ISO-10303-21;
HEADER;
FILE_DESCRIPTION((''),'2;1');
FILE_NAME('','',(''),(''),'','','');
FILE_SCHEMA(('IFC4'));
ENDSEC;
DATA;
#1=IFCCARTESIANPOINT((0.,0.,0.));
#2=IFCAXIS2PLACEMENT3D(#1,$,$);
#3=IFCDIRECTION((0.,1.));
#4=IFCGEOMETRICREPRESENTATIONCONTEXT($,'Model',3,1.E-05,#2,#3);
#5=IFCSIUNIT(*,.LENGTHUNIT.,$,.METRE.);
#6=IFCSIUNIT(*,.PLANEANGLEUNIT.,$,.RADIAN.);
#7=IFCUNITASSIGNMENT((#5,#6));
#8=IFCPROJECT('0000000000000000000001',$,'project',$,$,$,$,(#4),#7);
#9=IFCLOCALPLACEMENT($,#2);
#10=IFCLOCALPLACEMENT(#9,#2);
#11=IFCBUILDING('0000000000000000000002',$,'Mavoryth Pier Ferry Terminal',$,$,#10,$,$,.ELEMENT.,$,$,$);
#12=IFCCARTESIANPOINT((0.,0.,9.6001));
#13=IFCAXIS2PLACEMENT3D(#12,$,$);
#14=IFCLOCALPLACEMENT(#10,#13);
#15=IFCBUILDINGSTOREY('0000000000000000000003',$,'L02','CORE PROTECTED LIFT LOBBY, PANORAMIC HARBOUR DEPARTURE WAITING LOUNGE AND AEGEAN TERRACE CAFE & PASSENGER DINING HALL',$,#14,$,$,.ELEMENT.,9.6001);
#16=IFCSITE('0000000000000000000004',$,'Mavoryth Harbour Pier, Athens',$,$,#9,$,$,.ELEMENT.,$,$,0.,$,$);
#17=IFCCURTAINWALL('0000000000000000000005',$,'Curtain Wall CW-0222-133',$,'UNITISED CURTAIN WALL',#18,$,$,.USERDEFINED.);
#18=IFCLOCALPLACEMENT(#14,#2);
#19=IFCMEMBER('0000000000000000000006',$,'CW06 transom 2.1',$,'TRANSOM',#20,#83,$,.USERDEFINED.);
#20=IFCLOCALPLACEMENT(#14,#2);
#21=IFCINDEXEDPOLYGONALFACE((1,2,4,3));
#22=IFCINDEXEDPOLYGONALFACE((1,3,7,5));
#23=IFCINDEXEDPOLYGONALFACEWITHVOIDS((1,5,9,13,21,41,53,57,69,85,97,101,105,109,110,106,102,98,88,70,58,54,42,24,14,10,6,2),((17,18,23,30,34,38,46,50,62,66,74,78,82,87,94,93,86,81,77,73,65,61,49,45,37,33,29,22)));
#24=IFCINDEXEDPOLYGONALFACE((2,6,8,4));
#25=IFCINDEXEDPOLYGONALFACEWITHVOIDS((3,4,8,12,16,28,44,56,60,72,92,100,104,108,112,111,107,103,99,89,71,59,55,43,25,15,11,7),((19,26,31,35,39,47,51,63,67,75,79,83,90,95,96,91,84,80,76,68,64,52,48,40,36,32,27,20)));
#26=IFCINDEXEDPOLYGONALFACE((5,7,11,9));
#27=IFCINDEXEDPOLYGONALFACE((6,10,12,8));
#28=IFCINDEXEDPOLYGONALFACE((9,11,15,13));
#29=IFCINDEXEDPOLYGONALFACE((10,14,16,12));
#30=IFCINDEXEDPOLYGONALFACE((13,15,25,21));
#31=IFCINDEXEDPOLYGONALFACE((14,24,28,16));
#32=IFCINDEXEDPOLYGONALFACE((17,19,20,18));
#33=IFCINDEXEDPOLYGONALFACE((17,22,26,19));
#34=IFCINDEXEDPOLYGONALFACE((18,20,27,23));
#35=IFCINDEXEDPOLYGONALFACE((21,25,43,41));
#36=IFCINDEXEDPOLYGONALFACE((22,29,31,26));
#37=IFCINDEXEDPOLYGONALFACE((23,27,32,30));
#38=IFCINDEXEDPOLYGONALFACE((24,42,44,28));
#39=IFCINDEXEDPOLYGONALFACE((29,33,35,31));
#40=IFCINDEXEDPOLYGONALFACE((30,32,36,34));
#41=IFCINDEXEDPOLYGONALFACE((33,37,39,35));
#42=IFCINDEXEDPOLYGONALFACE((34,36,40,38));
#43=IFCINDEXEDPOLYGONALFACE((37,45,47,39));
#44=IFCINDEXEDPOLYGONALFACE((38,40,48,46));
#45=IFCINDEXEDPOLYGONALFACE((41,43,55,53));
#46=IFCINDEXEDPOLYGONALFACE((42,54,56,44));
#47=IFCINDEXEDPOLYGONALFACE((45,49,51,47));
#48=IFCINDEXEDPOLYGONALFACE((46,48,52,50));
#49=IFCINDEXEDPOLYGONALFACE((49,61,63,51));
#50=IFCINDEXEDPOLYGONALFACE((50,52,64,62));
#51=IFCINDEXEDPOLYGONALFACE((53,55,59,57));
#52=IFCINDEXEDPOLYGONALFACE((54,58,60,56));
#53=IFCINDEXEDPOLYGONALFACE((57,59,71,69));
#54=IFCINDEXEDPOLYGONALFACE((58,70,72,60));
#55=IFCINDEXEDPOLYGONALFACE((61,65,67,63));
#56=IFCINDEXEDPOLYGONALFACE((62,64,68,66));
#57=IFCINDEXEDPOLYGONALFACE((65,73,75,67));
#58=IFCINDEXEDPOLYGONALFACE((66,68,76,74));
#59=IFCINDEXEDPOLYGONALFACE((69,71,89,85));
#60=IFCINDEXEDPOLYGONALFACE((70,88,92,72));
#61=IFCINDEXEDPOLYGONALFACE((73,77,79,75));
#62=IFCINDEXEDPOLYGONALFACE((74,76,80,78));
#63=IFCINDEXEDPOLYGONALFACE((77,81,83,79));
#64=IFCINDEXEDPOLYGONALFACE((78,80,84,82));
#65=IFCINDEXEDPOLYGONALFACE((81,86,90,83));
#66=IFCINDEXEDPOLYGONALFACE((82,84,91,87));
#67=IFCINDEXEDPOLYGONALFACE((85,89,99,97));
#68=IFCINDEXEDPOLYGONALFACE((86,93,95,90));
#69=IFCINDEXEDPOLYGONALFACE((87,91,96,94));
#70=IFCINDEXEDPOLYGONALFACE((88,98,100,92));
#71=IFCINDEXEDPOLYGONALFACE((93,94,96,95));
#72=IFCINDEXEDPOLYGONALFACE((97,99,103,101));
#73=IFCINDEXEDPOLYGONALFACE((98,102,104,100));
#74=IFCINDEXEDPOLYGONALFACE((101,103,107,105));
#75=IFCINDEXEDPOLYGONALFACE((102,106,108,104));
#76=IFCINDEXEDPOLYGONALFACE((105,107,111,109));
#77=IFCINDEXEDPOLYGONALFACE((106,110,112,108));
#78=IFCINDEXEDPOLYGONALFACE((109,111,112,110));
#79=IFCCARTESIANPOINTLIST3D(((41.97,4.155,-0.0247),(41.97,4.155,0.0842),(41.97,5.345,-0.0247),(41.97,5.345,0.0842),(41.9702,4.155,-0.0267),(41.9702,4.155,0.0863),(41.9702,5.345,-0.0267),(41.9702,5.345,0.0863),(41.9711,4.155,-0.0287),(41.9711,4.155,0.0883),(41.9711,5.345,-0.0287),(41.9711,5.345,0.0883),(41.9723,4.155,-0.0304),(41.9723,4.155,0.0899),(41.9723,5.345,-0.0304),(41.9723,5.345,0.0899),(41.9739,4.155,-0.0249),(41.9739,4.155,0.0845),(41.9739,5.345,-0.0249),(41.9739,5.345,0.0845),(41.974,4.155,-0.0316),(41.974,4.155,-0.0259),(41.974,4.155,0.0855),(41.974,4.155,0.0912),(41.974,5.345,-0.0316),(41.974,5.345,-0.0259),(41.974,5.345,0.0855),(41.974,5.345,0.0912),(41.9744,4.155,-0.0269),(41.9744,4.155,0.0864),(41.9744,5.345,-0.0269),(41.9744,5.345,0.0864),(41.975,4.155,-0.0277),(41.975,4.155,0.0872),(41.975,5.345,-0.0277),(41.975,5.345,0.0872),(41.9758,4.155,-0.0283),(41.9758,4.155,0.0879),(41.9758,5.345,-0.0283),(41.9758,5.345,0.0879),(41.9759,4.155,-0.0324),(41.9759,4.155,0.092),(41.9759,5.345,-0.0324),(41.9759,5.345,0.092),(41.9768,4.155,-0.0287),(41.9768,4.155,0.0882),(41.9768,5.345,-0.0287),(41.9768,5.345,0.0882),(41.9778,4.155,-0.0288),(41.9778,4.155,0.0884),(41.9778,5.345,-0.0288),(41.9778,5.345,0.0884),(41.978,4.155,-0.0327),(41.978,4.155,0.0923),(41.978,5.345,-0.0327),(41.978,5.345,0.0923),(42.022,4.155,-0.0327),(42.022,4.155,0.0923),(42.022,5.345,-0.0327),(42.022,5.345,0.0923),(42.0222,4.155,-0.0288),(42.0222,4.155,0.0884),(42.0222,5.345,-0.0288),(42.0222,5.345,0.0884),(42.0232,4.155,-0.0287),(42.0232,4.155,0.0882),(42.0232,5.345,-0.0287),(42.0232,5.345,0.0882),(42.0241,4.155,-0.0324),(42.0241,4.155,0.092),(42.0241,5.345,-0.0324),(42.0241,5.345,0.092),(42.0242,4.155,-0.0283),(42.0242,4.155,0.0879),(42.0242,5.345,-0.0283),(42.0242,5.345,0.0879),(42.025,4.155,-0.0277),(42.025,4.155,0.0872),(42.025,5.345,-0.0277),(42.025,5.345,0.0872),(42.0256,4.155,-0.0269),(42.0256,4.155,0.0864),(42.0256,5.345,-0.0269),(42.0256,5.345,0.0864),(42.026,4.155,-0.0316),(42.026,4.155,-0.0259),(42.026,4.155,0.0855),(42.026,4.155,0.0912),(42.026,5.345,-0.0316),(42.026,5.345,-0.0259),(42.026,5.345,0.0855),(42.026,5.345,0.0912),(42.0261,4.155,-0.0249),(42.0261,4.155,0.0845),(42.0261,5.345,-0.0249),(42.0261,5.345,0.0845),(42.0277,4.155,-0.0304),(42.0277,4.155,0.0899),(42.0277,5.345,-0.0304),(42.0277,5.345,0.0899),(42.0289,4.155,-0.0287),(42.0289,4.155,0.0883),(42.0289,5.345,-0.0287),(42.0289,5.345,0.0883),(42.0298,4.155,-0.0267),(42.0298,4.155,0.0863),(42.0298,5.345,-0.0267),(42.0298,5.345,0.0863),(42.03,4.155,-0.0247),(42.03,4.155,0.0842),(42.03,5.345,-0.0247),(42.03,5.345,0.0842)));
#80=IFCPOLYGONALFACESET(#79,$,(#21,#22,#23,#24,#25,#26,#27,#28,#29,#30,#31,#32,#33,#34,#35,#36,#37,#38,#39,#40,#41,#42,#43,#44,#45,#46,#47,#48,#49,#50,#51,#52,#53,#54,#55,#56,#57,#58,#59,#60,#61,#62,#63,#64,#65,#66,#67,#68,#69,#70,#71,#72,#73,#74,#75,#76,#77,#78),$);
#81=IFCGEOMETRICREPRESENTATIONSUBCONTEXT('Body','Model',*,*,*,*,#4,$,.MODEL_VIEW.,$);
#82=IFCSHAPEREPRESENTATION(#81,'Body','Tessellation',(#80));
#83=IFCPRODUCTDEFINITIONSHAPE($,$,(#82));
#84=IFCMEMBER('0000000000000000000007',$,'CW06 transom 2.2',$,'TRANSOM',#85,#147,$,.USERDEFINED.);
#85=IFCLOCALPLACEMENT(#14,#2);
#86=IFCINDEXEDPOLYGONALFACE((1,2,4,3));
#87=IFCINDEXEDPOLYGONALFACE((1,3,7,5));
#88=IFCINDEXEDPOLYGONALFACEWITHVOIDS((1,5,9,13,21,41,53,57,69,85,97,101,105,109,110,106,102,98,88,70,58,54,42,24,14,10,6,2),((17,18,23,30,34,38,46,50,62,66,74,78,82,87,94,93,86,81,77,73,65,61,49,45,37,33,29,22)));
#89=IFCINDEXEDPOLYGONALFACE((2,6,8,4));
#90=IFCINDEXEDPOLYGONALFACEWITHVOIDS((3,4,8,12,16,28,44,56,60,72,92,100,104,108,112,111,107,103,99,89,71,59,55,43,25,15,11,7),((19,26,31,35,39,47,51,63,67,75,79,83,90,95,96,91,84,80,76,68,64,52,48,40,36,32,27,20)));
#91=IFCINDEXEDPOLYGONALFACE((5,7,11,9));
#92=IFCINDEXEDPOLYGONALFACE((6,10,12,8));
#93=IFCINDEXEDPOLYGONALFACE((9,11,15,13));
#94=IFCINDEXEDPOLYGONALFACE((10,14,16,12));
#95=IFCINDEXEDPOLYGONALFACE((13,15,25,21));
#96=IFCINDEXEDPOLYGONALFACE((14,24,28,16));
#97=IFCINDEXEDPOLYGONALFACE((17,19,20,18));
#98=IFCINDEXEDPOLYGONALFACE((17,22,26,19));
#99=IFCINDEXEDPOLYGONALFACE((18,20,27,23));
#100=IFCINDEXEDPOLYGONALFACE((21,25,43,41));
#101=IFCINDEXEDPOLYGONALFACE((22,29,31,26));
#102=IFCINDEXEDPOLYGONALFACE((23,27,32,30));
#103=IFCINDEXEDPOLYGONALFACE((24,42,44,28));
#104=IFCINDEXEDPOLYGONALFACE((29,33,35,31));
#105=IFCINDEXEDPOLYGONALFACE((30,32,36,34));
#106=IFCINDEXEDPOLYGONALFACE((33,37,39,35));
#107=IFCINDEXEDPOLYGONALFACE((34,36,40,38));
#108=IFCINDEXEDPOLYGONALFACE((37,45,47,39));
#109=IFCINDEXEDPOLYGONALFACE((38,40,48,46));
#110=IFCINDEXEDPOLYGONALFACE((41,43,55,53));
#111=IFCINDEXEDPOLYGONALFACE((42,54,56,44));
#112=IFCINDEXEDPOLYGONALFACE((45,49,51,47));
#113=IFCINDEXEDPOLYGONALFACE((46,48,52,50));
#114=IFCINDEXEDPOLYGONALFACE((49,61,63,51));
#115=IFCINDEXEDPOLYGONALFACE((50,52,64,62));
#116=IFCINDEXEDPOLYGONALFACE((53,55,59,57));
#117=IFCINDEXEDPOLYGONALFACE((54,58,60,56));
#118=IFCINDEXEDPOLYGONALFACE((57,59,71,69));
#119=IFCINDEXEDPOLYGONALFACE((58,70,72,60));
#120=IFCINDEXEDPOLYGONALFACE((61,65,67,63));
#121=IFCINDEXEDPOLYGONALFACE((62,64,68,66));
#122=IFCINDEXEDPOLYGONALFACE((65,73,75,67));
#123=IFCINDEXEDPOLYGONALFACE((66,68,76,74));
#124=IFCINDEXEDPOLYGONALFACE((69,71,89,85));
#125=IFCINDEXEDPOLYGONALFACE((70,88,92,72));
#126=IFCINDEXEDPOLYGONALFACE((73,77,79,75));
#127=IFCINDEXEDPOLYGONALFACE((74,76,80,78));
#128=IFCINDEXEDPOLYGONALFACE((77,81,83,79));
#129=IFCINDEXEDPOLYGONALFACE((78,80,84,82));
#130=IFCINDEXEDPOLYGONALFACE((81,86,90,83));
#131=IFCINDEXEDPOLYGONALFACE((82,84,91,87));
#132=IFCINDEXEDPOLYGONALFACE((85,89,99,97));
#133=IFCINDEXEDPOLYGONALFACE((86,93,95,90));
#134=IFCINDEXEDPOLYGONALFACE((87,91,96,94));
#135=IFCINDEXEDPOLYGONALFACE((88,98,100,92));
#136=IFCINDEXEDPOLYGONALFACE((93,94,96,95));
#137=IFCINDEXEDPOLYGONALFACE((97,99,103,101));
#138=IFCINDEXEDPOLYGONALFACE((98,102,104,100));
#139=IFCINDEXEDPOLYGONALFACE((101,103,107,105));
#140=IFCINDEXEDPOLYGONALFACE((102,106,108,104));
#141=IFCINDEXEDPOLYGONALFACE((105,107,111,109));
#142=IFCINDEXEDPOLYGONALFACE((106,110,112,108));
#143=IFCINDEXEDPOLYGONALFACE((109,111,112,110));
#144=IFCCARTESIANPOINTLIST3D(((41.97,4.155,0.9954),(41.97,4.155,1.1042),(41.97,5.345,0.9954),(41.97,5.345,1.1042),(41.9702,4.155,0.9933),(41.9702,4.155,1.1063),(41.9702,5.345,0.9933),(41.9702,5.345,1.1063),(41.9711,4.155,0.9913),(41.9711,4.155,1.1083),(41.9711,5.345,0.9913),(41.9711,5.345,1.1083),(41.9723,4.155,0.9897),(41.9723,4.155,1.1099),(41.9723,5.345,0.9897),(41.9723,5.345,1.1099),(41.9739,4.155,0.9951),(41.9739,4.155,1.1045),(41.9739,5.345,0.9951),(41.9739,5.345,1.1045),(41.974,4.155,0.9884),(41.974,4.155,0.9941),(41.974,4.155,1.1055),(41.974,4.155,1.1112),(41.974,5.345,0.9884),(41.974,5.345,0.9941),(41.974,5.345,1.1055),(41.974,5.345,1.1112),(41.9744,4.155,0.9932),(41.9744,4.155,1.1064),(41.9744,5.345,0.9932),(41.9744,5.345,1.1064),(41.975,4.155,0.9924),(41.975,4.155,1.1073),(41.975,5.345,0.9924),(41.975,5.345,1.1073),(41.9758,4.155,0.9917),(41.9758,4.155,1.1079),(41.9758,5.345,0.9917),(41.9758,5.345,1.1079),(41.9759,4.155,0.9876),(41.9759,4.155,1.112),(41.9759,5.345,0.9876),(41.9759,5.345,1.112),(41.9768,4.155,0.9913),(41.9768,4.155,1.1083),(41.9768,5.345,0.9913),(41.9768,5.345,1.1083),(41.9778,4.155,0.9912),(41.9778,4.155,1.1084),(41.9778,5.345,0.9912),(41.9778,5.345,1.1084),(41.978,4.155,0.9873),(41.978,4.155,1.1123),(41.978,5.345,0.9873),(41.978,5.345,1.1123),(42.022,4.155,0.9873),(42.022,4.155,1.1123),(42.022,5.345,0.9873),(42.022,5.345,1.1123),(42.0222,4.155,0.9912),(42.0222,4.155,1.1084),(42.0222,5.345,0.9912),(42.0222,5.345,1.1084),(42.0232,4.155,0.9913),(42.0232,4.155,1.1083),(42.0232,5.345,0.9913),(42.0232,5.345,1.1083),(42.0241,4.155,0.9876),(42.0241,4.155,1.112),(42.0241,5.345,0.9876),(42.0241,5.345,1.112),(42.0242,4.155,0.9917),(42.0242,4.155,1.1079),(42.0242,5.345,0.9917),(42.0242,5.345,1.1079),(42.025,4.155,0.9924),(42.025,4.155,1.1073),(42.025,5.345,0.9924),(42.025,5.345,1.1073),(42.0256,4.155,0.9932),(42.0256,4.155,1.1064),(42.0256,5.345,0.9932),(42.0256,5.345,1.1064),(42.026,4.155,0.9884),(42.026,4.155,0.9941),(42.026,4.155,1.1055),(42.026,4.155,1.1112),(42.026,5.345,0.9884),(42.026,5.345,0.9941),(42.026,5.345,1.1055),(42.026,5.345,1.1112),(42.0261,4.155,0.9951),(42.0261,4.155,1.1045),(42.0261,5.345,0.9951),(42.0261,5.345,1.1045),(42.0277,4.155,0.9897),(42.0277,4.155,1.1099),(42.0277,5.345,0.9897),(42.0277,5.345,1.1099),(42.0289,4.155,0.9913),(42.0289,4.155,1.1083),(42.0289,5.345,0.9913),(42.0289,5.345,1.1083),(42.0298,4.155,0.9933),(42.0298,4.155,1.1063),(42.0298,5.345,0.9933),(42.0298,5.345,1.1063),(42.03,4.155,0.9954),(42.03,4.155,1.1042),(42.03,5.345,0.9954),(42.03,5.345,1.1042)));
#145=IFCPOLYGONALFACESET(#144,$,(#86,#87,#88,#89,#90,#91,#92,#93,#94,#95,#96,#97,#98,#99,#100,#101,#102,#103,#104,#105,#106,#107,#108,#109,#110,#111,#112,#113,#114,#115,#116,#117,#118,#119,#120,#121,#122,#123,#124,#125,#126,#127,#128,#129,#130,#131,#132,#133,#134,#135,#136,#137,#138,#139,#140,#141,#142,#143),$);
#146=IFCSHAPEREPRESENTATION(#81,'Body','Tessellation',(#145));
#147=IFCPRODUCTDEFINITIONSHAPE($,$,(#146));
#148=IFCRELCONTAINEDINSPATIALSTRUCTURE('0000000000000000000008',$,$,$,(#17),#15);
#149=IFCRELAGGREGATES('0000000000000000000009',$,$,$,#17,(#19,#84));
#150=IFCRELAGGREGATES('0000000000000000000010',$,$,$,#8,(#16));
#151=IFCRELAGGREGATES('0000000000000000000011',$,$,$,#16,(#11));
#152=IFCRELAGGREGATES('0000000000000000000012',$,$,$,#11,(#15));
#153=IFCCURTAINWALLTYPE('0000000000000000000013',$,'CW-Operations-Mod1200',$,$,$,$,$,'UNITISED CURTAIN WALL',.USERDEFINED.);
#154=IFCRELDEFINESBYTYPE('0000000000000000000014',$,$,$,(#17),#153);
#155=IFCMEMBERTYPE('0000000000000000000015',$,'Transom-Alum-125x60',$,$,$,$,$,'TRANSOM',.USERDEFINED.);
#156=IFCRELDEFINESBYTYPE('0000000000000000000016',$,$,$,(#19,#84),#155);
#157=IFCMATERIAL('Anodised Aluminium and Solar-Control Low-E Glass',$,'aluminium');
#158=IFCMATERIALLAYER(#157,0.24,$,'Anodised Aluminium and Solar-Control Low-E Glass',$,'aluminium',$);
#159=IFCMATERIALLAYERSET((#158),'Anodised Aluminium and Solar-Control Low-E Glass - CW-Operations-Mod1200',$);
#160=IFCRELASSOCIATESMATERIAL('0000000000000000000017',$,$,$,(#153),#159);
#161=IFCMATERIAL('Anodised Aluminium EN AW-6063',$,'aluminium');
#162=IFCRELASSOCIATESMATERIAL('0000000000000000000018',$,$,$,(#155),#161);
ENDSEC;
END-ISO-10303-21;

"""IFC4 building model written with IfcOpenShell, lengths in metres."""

from ifc_helpers import new_model, si_unit, direction, frame, origin, origin_2d, place, context, subcontext, project, spatial, hollow_rectangle, extrude, material, layer, layer_set, material_profile, profile_set, type_object, element, aggregate, save


model = new_model("IFC4")

# Units and contexts
model_context = context("Model", 3, precision=1e-05, world=origin(), true_north=direction((0.0, 1.0)))
body_context = subcontext(model_context, "Body", "Model", "MODEL_VIEW")
ifc_project = project(units=[si_unit("LENGTHUNIT", "METRE"), si_unit("PLANEANGLEUNIT", "RADIAN")], contexts=[model_context])

# Site, building, storey
site_placement = place(None, origin())
site = spatial("IfcSite", under=ifc_project, at=site_placement, Name="Mavoryth Harbour Pier, Athens", CompositionType="ELEMENT", RefElevation=0.0)
building_placement = place(site_placement, origin())
building = spatial("IfcBuilding", under=site, at=building_placement, Name="Mavoryth Pier Ferry Terminal", CompositionType="ELEMENT")
storey_placement = place(building_placement, frame((0.0, 0.0, 9.6001)))
storey = spatial("IfcBuildingStorey", under=building, at=storey_placement, Name="L02", Description="CORE PROTECTED LIFT LOBBY, PANORAMIC HARBOUR DEPARTURE WAITING LOUNGE AND AEGEAN TERRACE CAFE & PASSENGER DINING HALL", CompositionType="ELEMENT", Elevation=9.6001)

# Curtain wall
ifc_material_1 = material(Name="Anodised Aluminium and Solar-Control Low-E Glass", Category="aluminium")
ifc_layer_1 = layer(ifc_material_1, 0.24, Name="Anodised Aluminium and Solar-Control Low-E Glass", Category="aluminium")
ifc_layer_set_1 = layer_set([ifc_layer_1], Name="Anodised Aluminium and Solar-Control Low-E Glass - CW-Operations-Mod1200")
curtain_wall_type = type_object("IfcCurtainWallType", Name="CW-Operations-Mod1200", ElementType="UNITISED CURTAIN WALL", PredefinedType="USERDEFINED", material=ifc_layer_set_1)
curtain_wall_1_placement = place(storey_placement, origin())
curtain_wall_1 = element("IfcCurtainWall", 1, at=curtain_wall_1_placement, inside=storey, type_object=curtain_wall_type, Name="Curtain Wall CW-0222-133", ObjectType="UNITISED CURTAIN WALL", PredefinedType="USERDEFINED")
ifc_material_2 = material(Name="Anodised Aluminium EN AW-6063", Category="aluminium")

# Members
ifc_material_profile_1 = material_profile(ifc_material_2, hollow_rectangle(XDim=0.0601, YDim=0.125, WallThickness=0.0039, InnerFilletRadius=0.0039, OuterFilletRadius=0.0081, at=origin_2d()), Name="AL-TRAN 125x60x4", Category="aluminium")
ifc_profile_set_1 = profile_set([ifc_material_profile_1], Name="Anodised Aluminium EN AW-6063 - AL-TRAN 125x60x4")
member_type_1 = type_object("IfcMemberType", Name="Transom-Alum-125x60", ElementType="TRANSOM", PredefinedType="USERDEFINED", material=ifc_profile_set_1)
member_1_placement = place(storey_placement, frame((42.0, 5.345, 0.0298), z_axis=(0.0, -1.0, 0.0), x_axis=(1.0, 0.0, 0.0)))
member_1 = element("IfcMember", 2, at=member_1_placement, type_object=member_type_1, Name="CW06 transom 2.1", ObjectType="TRANSOM", PredefinedType="USERDEFINED", context=body_context, shape_type="SweptSolid", body=[
    extrude(hollow_rectangle(XDim=0.0601, YDim=0.125, WallThickness=0.0039, InnerFilletRadius=0.0039, OuterFilletRadius=0.0081, at=origin_2d()), origin(), (0.0, 0.0, 1.0), 1.1899),
])
member_2_placement = place(storey_placement, frame((42.0, 5.345, 1.0498), z_axis=(0.0, -1.0, 0.0), x_axis=(1.0, 0.0, 0.0)))
member_2 = element("IfcMember", 3, at=member_2_placement, type_object=member_type_1, Name="CW06 transom 2.2", ObjectType="TRANSOM", PredefinedType="USERDEFINED", context=body_context, shape_type="SweptSolid", body=[
    extrude(hollow_rectangle(XDim=0.0601, YDim=0.125, WallThickness=0.0039, InnerFilletRadius=0.0039, OuterFilletRadius=0.0081, at=origin_2d()), origin(), (0.0, 0.0, 1.0), 1.1899),
])

aggregate(curtain_wall_1, [member_1, member_2])

save(model, "model.ifc")
